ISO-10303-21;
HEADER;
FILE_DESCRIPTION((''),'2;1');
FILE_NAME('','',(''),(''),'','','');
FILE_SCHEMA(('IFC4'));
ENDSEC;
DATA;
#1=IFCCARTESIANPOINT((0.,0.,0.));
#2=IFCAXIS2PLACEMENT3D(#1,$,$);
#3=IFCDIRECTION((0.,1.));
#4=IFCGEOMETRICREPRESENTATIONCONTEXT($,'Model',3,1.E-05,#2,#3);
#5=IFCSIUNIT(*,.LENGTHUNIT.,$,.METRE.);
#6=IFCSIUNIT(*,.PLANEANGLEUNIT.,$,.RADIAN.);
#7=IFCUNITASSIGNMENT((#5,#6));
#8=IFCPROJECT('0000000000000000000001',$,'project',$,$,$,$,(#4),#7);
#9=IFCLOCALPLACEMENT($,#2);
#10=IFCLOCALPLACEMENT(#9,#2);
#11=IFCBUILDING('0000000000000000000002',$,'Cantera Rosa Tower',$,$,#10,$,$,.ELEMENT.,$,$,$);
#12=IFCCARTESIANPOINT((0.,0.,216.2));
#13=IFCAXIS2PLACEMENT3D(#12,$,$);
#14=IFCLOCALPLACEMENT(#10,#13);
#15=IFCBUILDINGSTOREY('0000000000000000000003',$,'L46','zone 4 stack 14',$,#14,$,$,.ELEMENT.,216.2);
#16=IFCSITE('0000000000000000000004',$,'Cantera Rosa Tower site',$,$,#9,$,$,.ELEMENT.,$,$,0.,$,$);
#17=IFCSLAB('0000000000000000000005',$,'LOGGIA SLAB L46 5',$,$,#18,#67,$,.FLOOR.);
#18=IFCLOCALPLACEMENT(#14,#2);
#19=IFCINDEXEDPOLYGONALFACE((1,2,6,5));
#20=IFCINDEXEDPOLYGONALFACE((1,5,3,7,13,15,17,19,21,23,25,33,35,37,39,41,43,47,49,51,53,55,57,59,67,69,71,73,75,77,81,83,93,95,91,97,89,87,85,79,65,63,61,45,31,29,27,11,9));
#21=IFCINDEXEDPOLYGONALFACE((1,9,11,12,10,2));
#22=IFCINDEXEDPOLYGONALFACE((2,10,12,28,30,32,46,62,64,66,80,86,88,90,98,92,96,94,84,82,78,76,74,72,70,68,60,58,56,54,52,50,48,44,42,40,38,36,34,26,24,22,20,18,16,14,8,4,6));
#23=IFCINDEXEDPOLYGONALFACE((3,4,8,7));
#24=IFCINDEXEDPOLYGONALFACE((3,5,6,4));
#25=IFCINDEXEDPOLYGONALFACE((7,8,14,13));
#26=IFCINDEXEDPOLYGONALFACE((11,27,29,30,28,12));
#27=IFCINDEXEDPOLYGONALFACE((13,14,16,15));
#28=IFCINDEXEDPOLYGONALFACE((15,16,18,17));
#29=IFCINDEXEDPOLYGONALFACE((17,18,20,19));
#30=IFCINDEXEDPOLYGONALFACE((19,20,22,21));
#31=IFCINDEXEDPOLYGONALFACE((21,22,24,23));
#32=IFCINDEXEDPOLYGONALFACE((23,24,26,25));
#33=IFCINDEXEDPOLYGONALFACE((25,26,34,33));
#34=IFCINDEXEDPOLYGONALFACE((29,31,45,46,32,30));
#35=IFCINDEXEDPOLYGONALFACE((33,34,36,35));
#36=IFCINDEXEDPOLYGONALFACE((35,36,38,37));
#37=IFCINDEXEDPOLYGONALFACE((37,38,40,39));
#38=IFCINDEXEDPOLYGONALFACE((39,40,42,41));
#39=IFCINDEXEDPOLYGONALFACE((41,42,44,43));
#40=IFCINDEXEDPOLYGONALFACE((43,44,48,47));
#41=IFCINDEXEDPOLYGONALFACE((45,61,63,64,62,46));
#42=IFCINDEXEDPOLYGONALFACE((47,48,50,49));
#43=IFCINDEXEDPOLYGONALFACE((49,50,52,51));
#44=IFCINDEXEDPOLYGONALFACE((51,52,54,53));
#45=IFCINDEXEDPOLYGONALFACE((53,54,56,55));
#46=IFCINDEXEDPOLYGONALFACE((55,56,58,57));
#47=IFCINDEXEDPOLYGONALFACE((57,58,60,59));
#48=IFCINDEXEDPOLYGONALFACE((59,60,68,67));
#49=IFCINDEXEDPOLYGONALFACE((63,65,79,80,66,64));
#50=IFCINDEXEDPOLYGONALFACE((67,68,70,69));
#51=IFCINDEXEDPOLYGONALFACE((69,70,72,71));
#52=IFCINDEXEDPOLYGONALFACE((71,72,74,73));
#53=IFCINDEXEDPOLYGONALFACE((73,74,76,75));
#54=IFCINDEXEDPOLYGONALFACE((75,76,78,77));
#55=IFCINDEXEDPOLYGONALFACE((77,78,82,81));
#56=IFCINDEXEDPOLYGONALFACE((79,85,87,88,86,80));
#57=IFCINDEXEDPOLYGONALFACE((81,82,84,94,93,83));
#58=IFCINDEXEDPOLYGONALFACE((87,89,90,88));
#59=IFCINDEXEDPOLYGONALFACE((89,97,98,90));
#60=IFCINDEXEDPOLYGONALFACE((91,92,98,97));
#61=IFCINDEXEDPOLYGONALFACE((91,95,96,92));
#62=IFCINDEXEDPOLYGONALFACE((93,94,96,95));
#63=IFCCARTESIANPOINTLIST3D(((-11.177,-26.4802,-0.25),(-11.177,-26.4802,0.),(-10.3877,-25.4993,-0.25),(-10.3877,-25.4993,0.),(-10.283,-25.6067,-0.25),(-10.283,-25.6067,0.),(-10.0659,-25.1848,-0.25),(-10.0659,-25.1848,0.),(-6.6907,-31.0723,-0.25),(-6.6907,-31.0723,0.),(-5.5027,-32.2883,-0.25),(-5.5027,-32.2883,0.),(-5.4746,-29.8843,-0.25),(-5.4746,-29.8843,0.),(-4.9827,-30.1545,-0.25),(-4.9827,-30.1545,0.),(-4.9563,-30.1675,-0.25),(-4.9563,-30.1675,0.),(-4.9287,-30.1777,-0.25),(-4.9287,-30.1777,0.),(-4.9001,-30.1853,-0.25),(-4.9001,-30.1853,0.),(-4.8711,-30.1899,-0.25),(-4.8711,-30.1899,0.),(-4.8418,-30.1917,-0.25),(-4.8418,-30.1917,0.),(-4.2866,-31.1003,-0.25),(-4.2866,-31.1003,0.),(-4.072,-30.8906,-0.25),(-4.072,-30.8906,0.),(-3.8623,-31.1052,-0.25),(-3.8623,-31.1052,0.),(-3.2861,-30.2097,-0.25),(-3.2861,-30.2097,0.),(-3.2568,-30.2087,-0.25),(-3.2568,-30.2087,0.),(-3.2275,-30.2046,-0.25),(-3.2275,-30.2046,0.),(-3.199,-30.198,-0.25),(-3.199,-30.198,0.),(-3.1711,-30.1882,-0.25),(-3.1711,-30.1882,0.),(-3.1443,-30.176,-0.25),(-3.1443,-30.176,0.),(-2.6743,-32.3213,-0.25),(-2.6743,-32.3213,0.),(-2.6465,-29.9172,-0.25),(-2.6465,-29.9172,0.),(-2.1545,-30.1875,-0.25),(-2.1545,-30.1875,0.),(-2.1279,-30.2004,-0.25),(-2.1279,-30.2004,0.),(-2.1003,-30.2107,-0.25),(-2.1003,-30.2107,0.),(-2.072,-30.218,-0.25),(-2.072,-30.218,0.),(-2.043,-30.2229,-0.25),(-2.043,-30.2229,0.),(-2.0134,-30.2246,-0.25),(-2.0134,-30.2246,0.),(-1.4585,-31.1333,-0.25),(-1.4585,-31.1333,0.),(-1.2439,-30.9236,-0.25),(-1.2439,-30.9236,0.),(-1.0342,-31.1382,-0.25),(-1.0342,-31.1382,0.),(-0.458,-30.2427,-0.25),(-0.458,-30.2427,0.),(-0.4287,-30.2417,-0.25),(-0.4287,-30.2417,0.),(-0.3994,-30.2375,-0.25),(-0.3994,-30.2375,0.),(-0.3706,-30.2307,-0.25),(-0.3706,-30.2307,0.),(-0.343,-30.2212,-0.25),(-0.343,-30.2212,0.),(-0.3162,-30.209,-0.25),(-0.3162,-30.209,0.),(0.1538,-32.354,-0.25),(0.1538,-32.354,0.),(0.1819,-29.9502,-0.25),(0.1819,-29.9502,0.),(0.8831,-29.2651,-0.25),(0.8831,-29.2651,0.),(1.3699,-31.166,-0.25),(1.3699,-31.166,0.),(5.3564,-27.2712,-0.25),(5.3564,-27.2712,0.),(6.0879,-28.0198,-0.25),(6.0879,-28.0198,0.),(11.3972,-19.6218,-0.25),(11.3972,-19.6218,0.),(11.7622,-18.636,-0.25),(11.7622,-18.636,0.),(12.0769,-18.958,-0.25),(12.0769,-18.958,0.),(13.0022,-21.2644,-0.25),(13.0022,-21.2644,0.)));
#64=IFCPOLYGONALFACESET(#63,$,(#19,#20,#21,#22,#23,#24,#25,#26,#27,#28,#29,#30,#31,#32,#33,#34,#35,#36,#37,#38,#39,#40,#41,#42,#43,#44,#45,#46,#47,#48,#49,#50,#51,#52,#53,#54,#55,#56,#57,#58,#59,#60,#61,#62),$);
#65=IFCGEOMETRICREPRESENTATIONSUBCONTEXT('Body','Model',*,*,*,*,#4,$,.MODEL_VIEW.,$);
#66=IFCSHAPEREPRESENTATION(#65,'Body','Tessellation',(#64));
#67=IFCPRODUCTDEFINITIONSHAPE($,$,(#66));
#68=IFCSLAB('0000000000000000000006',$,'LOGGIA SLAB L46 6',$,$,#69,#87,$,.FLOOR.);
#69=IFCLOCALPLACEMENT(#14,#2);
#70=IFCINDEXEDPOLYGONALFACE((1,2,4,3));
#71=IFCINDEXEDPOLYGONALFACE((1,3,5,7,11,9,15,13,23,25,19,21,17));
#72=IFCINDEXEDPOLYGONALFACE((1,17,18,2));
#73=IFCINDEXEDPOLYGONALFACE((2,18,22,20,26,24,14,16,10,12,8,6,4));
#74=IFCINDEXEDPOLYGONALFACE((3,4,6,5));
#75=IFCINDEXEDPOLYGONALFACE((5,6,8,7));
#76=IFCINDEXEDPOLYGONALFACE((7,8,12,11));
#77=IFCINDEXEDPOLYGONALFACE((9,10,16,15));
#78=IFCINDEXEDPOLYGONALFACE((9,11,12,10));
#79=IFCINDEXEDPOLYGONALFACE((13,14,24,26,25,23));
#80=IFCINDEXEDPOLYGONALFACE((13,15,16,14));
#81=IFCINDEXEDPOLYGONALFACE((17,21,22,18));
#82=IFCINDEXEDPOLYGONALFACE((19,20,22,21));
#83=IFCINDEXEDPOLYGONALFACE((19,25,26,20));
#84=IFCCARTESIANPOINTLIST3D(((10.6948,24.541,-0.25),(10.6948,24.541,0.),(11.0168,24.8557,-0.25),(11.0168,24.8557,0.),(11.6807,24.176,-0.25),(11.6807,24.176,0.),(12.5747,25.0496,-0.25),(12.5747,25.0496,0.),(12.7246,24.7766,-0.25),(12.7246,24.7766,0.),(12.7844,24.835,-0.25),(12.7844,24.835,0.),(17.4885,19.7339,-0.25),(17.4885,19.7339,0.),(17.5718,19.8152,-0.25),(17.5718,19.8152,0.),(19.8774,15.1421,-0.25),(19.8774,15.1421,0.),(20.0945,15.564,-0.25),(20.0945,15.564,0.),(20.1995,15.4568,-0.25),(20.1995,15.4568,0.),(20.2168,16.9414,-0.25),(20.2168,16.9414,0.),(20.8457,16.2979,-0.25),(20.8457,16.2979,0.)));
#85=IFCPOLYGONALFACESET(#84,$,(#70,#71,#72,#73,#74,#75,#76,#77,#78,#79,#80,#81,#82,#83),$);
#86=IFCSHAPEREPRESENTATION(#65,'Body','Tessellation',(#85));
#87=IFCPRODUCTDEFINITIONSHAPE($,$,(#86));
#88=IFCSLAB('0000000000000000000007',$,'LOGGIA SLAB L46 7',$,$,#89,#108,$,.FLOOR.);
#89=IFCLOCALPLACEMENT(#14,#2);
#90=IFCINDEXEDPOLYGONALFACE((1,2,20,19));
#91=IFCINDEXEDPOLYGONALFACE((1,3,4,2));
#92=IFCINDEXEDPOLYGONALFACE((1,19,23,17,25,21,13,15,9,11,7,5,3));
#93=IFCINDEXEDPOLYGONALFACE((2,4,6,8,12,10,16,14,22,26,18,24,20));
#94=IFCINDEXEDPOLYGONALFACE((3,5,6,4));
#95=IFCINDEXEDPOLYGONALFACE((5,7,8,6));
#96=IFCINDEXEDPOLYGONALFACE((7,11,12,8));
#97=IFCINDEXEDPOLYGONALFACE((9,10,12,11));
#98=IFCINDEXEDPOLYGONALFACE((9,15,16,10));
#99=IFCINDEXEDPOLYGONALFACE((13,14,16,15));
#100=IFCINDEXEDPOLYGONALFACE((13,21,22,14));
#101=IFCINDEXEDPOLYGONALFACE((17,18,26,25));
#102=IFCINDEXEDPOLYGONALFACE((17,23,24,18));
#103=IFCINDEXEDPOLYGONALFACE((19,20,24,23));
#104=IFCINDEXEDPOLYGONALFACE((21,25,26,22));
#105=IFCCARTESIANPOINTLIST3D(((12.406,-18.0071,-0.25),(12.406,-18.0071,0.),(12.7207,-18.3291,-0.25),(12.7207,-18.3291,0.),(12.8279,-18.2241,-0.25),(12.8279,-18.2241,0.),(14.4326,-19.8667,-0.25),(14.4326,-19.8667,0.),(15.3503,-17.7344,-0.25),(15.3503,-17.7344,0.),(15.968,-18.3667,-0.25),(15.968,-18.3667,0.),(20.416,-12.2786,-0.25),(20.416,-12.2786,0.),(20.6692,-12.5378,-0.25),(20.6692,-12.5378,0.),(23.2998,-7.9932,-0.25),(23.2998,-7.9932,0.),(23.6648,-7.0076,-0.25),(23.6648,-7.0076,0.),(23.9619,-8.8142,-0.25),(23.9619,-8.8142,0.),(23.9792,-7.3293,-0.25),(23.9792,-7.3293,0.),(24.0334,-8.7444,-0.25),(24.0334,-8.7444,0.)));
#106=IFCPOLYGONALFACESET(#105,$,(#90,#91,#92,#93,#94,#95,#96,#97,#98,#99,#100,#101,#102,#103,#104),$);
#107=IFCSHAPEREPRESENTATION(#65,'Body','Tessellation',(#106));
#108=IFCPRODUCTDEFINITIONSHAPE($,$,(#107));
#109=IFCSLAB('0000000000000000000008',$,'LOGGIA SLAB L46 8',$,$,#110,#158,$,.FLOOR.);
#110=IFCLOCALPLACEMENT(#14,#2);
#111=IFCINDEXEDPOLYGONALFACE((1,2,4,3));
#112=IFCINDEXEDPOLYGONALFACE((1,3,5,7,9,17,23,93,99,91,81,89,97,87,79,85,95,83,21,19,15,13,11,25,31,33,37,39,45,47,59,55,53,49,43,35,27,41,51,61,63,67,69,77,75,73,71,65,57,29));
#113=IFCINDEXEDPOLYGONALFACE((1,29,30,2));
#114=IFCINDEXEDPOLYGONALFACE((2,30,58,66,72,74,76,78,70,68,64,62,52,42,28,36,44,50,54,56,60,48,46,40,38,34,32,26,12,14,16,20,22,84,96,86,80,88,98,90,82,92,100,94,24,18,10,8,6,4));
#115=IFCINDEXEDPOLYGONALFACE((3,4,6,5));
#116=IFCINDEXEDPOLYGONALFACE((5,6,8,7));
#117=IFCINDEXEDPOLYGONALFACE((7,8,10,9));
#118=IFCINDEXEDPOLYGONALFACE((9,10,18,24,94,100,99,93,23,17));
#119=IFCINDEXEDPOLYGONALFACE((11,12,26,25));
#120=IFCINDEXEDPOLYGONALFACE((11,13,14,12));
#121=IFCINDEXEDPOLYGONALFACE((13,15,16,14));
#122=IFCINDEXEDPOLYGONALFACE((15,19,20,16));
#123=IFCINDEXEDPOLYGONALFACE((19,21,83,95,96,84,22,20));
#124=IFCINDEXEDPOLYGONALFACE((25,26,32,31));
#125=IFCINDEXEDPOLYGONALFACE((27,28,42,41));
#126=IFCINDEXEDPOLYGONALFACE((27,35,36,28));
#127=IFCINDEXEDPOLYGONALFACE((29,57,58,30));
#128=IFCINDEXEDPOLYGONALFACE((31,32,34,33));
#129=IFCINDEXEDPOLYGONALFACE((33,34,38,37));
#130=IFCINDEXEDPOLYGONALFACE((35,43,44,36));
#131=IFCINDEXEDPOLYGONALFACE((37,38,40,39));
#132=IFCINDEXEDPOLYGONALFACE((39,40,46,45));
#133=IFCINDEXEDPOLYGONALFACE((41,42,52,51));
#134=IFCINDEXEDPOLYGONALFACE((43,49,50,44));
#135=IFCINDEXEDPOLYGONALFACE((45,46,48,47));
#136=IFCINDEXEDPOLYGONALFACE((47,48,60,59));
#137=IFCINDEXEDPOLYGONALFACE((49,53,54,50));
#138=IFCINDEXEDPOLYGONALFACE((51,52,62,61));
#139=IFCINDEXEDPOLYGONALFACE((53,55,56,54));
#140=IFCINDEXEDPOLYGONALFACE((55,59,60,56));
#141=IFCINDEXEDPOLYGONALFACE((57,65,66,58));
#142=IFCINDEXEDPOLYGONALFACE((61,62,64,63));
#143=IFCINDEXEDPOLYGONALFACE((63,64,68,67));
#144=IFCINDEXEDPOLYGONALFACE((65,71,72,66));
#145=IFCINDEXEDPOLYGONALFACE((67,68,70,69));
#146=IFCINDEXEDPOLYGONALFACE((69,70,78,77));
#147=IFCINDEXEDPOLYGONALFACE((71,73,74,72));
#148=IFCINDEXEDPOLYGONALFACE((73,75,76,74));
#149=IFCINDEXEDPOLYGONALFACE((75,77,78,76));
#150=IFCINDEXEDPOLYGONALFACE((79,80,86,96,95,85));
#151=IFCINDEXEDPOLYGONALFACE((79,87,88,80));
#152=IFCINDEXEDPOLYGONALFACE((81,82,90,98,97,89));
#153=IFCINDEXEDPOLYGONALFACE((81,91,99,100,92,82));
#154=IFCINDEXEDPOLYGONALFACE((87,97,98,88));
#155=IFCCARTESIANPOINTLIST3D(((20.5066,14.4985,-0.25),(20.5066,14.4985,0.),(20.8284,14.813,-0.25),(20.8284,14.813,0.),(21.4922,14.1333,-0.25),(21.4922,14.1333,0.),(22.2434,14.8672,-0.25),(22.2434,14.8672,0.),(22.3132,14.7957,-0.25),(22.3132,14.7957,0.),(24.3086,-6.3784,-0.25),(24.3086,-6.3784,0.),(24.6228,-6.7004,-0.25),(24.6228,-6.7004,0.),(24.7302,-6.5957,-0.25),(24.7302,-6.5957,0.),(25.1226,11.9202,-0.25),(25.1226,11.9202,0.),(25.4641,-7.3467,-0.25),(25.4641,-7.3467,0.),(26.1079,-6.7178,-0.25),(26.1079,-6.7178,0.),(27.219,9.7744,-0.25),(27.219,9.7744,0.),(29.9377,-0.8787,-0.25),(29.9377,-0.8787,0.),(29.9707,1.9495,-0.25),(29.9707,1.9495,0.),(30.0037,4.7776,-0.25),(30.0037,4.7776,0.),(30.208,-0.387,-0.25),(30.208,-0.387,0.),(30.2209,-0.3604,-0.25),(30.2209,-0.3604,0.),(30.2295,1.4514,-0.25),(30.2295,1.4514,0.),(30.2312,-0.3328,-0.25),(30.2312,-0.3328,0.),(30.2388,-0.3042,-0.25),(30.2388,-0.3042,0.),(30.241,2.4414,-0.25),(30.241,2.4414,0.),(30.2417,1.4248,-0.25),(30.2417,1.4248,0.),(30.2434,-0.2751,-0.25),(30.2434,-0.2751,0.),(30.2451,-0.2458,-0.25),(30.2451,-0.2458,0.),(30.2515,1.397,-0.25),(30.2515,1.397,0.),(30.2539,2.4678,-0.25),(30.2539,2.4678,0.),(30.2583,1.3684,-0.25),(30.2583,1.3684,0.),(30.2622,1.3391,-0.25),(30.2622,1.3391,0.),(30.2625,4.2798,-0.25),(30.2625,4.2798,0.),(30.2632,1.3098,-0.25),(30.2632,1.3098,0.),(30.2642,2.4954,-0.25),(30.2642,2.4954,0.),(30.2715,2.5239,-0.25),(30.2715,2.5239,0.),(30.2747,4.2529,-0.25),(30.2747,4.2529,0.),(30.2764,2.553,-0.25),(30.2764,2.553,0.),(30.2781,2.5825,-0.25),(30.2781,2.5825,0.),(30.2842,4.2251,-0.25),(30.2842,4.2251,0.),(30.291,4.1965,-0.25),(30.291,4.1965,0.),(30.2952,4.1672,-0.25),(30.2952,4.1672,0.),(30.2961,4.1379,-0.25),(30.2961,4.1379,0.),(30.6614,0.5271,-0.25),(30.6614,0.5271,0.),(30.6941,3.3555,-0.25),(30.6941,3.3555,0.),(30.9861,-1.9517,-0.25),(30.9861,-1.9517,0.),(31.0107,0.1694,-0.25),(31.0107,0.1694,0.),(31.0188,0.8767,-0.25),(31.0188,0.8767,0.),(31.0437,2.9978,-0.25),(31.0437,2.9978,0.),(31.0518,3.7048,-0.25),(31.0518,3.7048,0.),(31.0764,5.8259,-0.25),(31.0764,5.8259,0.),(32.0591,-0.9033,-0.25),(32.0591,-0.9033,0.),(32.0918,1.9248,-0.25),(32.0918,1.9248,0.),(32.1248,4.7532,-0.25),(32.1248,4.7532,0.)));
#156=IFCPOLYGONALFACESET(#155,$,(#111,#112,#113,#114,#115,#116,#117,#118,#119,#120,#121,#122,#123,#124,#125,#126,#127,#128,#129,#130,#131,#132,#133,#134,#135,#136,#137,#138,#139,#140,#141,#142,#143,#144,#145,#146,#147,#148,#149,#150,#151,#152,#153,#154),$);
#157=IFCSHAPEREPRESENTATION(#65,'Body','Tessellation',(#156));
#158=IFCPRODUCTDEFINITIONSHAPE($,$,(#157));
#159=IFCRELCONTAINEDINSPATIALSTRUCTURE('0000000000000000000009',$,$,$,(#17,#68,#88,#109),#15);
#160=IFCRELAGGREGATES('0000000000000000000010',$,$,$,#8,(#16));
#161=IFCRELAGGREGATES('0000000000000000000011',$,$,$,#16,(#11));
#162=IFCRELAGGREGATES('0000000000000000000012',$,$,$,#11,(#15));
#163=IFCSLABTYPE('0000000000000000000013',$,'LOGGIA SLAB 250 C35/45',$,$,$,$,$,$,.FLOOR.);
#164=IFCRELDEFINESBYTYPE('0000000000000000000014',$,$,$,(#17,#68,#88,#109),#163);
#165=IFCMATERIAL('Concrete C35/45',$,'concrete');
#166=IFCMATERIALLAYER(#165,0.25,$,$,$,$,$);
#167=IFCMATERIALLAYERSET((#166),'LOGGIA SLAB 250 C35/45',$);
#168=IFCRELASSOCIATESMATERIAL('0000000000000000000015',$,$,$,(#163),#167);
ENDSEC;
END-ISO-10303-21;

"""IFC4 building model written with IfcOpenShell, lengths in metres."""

from ifc_helpers import new_model, si_unit, direction, frame, origin, place, context, subcontext, project, spatial, polyline, outline, extrude, material, layer, layer_set, type_object, element, save


model = new_model("IFC4")

# Units and contexts
model_context = context("Model", 3, precision=1e-05, world=origin(), true_north=direction((0.0, 1.0)))
body_context = subcontext(model_context, "Body", "Model", "MODEL_VIEW")
ifc_project = project(units=[si_unit("LENGTHUNIT", "METRE"), si_unit("PLANEANGLEUNIT", "RADIAN")], contexts=[model_context])

# Site, building, storey
site_placement = place(None, origin())
site = spatial("IfcSite", under=ifc_project, at=site_placement, Name="Cantera Rosa Tower site", CompositionType="ELEMENT", RefElevation=0.0)
building_placement = place(site_placement, origin())
building = spatial("IfcBuilding", under=site, at=building_placement, Name="Cantera Rosa Tower", CompositionType="ELEMENT")
storey_placement = place(building_placement, frame((0.0, 0.0, 216.2)))
storey = spatial("IfcBuildingStorey", under=building, at=storey_placement, Name="L46", Description="zone 4 stack 14", CompositionType="ELEMENT", Elevation=216.2)

# Slabs
ifc_material_1 = material(Name="Concrete C35/45", Category="concrete")
ifc_layer_1 = layer(ifc_material_1, 0.25)
ifc_layer_set_1 = layer_set([ifc_layer_1], Name="LOGGIA SLAB 250 C35/45")
slab_type_1 = type_object("IfcSlabType", Name="LOGGIA SLAB 250 C35/45", PredefinedType="FLOOR", material=ifc_layer_set_1)
slab_1_placement = place(storey_placement, frame((0.0, 0.0, -0.25)))
element("IfcSlab", 1, at=slab_1_placement, inside=storey, type_object=slab_type_1, Name="LOGGIA SLAB L46 5", PredefinedType="FLOOR", context=body_context, shape_type="SweptSolid", body=[
    extrude(outline(polyline([(-1.2439, -30.9236), (-1.4585, -31.1333), (-2.6743, -32.3213), (-3.8623, -31.1052), (-4.072, -30.8906), (-4.2866, -31.1003), (-5.5027, -32.2883), (-6.6907, -31.0723), (-11.177, -26.4802), (-10.283, -25.6067), (-10.3877, -25.4993), (-10.0659, -25.1848), (-5.4746, -29.8843), (-4.9827, -30.1545), (-4.9563, -30.1675), (-4.9287, -30.1777), (-4.9001, -30.1853), (-4.8711, -30.1899), (-4.8418, -30.1917), (-3.2861, -30.2097), (-3.2568, -30.2087), (-3.2275, -30.2046), (-3.199, -30.198), (-3.1711, -30.1882), (-3.1443, -30.176), (-2.6465, -29.9172), (-2.1545, -30.1875), (-2.1279, -30.2004), (-2.1003, -30.2107), (-2.072, -30.218), (-2.043, -30.2229), (-2.0134, -30.2246), (-0.458, -30.2427), (-0.4287, -30.2417), (-0.3994, -30.2375), (-0.3706, -30.2307), (-0.343, -30.2212), (-0.3162, -30.209), (0.1819, -29.9502), (0.8831, -29.2651), (11.7622, -18.636), (12.0769, -18.958), (11.3972, -19.6218), (13.0022, -21.2644), (6.0879, -28.0198), (5.3564, -27.2712), (1.3699, -31.166), (0.1538, -32.354), (-1.0342, -31.1382), (-1.2439, -30.9236)])), origin(), (0.0, 0.0, 1.0), 0.25),
])
slab_2_placement = place(storey_placement, frame((0.0, 0.0, -0.25)))
element("IfcSlab", 2, at=slab_2_placement, inside=storey, type_object=slab_type_1, Name="LOGGIA SLAB L46 6", PredefinedType="FLOOR", context=body_context, shape_type="SweptSolid", body=[
    extrude(outline(polyline([(20.8457, 16.2979), (20.0945, 15.564), (20.1995, 15.4568), (19.8774, 15.1421), (10.6948, 24.541), (11.0168, 24.8557), (11.6807, 24.176), (12.5747, 25.0496), (12.7844, 24.835), (12.7246, 24.7766), (17.5718, 19.8152), (17.4885, 19.7339), (20.2168, 16.9414), (20.8457, 16.2979)])), origin(), (0.0, 0.0, 1.0), 0.25),
])
slab_3_placement = place(storey_placement, frame((0.0, 0.0, -0.25)))
element("IfcSlab", 3, at=slab_3_placement, inside=storey, type_object=slab_type_1, Name="LOGGIA SLAB L46 7", PredefinedType="FLOOR", context=body_context, shape_type="SweptSolid", body=[
    extrude(outline(polyline([(23.9792, -7.3293), (23.2998, -7.9932), (24.0334, -8.7444), (23.9619, -8.8142), (20.416, -12.2786), (20.6692, -12.5378), (15.3503, -17.7344), (15.968, -18.3667), (14.4326, -19.8667), (12.8279, -18.2241), (12.7207, -18.3291), (12.406, -18.0071), (23.6648, -7.0076), (23.9792, -7.3293)])), origin(), (0.0, 0.0, 1.0), 0.25),
])
slab_4_placement = place(storey_placement, frame((0.0, 0.0, -0.25)))
element("IfcSlab", 4, at=slab_4_placement, inside=storey, type_object=slab_type_1, Name="LOGGIA SLAB L46 8", PredefinedType="FLOOR", context=body_context, shape_type="SweptSolid", body=[
    extrude(outline(polyline([(31.0518, 3.7048), (30.6941, 3.3555), (31.0437, 2.9978), (32.0918, 1.9248), (31.0188, 0.8767), (30.6614, 0.5271), (31.0107, 0.1694), (32.0591, -0.9033), (30.9861, -1.9517), (26.1079, -6.7178), (25.4641, -7.3467), (24.7302, -6.5957), (24.6228, -6.7004), (24.3086, -6.3784), (29.9377, -0.8787), (30.208, -0.387), (30.2209, -0.3604), (30.2312, -0.3328), (30.2388, -0.3042), (30.2434, -0.2751), (30.2451, -0.2458), (30.2632, 1.3098), (30.2622, 1.3391), (30.2583, 1.3684), (30.2515, 1.397), (30.2417, 1.4248), (30.2295, 1.4514), (29.9707, 1.9495), (30.241, 2.4414), (30.2539, 2.4678), (30.2642, 2.4954), (30.2715, 2.5239), (30.2764, 2.553), (30.2781, 2.5825), (30.2961, 4.1379), (30.2952, 4.1672), (30.291, 4.1965), (30.2842, 4.2251), (30.2747, 4.2529), (30.2625, 4.2798), (30.0037, 4.7776), (20.5066, 14.4985), (20.8284, 14.813), (21.4922, 14.1333), (22.2434, 14.8672), (22.3132, 14.7957), (25.1226, 11.9202), (27.219, 9.7744), (31.0764, 5.8259), (32.1248, 4.7532), (31.0518, 3.7048)])), origin(), (0.0, 0.0, 1.0), 0.25),
])

save(model, "model.ifc")
